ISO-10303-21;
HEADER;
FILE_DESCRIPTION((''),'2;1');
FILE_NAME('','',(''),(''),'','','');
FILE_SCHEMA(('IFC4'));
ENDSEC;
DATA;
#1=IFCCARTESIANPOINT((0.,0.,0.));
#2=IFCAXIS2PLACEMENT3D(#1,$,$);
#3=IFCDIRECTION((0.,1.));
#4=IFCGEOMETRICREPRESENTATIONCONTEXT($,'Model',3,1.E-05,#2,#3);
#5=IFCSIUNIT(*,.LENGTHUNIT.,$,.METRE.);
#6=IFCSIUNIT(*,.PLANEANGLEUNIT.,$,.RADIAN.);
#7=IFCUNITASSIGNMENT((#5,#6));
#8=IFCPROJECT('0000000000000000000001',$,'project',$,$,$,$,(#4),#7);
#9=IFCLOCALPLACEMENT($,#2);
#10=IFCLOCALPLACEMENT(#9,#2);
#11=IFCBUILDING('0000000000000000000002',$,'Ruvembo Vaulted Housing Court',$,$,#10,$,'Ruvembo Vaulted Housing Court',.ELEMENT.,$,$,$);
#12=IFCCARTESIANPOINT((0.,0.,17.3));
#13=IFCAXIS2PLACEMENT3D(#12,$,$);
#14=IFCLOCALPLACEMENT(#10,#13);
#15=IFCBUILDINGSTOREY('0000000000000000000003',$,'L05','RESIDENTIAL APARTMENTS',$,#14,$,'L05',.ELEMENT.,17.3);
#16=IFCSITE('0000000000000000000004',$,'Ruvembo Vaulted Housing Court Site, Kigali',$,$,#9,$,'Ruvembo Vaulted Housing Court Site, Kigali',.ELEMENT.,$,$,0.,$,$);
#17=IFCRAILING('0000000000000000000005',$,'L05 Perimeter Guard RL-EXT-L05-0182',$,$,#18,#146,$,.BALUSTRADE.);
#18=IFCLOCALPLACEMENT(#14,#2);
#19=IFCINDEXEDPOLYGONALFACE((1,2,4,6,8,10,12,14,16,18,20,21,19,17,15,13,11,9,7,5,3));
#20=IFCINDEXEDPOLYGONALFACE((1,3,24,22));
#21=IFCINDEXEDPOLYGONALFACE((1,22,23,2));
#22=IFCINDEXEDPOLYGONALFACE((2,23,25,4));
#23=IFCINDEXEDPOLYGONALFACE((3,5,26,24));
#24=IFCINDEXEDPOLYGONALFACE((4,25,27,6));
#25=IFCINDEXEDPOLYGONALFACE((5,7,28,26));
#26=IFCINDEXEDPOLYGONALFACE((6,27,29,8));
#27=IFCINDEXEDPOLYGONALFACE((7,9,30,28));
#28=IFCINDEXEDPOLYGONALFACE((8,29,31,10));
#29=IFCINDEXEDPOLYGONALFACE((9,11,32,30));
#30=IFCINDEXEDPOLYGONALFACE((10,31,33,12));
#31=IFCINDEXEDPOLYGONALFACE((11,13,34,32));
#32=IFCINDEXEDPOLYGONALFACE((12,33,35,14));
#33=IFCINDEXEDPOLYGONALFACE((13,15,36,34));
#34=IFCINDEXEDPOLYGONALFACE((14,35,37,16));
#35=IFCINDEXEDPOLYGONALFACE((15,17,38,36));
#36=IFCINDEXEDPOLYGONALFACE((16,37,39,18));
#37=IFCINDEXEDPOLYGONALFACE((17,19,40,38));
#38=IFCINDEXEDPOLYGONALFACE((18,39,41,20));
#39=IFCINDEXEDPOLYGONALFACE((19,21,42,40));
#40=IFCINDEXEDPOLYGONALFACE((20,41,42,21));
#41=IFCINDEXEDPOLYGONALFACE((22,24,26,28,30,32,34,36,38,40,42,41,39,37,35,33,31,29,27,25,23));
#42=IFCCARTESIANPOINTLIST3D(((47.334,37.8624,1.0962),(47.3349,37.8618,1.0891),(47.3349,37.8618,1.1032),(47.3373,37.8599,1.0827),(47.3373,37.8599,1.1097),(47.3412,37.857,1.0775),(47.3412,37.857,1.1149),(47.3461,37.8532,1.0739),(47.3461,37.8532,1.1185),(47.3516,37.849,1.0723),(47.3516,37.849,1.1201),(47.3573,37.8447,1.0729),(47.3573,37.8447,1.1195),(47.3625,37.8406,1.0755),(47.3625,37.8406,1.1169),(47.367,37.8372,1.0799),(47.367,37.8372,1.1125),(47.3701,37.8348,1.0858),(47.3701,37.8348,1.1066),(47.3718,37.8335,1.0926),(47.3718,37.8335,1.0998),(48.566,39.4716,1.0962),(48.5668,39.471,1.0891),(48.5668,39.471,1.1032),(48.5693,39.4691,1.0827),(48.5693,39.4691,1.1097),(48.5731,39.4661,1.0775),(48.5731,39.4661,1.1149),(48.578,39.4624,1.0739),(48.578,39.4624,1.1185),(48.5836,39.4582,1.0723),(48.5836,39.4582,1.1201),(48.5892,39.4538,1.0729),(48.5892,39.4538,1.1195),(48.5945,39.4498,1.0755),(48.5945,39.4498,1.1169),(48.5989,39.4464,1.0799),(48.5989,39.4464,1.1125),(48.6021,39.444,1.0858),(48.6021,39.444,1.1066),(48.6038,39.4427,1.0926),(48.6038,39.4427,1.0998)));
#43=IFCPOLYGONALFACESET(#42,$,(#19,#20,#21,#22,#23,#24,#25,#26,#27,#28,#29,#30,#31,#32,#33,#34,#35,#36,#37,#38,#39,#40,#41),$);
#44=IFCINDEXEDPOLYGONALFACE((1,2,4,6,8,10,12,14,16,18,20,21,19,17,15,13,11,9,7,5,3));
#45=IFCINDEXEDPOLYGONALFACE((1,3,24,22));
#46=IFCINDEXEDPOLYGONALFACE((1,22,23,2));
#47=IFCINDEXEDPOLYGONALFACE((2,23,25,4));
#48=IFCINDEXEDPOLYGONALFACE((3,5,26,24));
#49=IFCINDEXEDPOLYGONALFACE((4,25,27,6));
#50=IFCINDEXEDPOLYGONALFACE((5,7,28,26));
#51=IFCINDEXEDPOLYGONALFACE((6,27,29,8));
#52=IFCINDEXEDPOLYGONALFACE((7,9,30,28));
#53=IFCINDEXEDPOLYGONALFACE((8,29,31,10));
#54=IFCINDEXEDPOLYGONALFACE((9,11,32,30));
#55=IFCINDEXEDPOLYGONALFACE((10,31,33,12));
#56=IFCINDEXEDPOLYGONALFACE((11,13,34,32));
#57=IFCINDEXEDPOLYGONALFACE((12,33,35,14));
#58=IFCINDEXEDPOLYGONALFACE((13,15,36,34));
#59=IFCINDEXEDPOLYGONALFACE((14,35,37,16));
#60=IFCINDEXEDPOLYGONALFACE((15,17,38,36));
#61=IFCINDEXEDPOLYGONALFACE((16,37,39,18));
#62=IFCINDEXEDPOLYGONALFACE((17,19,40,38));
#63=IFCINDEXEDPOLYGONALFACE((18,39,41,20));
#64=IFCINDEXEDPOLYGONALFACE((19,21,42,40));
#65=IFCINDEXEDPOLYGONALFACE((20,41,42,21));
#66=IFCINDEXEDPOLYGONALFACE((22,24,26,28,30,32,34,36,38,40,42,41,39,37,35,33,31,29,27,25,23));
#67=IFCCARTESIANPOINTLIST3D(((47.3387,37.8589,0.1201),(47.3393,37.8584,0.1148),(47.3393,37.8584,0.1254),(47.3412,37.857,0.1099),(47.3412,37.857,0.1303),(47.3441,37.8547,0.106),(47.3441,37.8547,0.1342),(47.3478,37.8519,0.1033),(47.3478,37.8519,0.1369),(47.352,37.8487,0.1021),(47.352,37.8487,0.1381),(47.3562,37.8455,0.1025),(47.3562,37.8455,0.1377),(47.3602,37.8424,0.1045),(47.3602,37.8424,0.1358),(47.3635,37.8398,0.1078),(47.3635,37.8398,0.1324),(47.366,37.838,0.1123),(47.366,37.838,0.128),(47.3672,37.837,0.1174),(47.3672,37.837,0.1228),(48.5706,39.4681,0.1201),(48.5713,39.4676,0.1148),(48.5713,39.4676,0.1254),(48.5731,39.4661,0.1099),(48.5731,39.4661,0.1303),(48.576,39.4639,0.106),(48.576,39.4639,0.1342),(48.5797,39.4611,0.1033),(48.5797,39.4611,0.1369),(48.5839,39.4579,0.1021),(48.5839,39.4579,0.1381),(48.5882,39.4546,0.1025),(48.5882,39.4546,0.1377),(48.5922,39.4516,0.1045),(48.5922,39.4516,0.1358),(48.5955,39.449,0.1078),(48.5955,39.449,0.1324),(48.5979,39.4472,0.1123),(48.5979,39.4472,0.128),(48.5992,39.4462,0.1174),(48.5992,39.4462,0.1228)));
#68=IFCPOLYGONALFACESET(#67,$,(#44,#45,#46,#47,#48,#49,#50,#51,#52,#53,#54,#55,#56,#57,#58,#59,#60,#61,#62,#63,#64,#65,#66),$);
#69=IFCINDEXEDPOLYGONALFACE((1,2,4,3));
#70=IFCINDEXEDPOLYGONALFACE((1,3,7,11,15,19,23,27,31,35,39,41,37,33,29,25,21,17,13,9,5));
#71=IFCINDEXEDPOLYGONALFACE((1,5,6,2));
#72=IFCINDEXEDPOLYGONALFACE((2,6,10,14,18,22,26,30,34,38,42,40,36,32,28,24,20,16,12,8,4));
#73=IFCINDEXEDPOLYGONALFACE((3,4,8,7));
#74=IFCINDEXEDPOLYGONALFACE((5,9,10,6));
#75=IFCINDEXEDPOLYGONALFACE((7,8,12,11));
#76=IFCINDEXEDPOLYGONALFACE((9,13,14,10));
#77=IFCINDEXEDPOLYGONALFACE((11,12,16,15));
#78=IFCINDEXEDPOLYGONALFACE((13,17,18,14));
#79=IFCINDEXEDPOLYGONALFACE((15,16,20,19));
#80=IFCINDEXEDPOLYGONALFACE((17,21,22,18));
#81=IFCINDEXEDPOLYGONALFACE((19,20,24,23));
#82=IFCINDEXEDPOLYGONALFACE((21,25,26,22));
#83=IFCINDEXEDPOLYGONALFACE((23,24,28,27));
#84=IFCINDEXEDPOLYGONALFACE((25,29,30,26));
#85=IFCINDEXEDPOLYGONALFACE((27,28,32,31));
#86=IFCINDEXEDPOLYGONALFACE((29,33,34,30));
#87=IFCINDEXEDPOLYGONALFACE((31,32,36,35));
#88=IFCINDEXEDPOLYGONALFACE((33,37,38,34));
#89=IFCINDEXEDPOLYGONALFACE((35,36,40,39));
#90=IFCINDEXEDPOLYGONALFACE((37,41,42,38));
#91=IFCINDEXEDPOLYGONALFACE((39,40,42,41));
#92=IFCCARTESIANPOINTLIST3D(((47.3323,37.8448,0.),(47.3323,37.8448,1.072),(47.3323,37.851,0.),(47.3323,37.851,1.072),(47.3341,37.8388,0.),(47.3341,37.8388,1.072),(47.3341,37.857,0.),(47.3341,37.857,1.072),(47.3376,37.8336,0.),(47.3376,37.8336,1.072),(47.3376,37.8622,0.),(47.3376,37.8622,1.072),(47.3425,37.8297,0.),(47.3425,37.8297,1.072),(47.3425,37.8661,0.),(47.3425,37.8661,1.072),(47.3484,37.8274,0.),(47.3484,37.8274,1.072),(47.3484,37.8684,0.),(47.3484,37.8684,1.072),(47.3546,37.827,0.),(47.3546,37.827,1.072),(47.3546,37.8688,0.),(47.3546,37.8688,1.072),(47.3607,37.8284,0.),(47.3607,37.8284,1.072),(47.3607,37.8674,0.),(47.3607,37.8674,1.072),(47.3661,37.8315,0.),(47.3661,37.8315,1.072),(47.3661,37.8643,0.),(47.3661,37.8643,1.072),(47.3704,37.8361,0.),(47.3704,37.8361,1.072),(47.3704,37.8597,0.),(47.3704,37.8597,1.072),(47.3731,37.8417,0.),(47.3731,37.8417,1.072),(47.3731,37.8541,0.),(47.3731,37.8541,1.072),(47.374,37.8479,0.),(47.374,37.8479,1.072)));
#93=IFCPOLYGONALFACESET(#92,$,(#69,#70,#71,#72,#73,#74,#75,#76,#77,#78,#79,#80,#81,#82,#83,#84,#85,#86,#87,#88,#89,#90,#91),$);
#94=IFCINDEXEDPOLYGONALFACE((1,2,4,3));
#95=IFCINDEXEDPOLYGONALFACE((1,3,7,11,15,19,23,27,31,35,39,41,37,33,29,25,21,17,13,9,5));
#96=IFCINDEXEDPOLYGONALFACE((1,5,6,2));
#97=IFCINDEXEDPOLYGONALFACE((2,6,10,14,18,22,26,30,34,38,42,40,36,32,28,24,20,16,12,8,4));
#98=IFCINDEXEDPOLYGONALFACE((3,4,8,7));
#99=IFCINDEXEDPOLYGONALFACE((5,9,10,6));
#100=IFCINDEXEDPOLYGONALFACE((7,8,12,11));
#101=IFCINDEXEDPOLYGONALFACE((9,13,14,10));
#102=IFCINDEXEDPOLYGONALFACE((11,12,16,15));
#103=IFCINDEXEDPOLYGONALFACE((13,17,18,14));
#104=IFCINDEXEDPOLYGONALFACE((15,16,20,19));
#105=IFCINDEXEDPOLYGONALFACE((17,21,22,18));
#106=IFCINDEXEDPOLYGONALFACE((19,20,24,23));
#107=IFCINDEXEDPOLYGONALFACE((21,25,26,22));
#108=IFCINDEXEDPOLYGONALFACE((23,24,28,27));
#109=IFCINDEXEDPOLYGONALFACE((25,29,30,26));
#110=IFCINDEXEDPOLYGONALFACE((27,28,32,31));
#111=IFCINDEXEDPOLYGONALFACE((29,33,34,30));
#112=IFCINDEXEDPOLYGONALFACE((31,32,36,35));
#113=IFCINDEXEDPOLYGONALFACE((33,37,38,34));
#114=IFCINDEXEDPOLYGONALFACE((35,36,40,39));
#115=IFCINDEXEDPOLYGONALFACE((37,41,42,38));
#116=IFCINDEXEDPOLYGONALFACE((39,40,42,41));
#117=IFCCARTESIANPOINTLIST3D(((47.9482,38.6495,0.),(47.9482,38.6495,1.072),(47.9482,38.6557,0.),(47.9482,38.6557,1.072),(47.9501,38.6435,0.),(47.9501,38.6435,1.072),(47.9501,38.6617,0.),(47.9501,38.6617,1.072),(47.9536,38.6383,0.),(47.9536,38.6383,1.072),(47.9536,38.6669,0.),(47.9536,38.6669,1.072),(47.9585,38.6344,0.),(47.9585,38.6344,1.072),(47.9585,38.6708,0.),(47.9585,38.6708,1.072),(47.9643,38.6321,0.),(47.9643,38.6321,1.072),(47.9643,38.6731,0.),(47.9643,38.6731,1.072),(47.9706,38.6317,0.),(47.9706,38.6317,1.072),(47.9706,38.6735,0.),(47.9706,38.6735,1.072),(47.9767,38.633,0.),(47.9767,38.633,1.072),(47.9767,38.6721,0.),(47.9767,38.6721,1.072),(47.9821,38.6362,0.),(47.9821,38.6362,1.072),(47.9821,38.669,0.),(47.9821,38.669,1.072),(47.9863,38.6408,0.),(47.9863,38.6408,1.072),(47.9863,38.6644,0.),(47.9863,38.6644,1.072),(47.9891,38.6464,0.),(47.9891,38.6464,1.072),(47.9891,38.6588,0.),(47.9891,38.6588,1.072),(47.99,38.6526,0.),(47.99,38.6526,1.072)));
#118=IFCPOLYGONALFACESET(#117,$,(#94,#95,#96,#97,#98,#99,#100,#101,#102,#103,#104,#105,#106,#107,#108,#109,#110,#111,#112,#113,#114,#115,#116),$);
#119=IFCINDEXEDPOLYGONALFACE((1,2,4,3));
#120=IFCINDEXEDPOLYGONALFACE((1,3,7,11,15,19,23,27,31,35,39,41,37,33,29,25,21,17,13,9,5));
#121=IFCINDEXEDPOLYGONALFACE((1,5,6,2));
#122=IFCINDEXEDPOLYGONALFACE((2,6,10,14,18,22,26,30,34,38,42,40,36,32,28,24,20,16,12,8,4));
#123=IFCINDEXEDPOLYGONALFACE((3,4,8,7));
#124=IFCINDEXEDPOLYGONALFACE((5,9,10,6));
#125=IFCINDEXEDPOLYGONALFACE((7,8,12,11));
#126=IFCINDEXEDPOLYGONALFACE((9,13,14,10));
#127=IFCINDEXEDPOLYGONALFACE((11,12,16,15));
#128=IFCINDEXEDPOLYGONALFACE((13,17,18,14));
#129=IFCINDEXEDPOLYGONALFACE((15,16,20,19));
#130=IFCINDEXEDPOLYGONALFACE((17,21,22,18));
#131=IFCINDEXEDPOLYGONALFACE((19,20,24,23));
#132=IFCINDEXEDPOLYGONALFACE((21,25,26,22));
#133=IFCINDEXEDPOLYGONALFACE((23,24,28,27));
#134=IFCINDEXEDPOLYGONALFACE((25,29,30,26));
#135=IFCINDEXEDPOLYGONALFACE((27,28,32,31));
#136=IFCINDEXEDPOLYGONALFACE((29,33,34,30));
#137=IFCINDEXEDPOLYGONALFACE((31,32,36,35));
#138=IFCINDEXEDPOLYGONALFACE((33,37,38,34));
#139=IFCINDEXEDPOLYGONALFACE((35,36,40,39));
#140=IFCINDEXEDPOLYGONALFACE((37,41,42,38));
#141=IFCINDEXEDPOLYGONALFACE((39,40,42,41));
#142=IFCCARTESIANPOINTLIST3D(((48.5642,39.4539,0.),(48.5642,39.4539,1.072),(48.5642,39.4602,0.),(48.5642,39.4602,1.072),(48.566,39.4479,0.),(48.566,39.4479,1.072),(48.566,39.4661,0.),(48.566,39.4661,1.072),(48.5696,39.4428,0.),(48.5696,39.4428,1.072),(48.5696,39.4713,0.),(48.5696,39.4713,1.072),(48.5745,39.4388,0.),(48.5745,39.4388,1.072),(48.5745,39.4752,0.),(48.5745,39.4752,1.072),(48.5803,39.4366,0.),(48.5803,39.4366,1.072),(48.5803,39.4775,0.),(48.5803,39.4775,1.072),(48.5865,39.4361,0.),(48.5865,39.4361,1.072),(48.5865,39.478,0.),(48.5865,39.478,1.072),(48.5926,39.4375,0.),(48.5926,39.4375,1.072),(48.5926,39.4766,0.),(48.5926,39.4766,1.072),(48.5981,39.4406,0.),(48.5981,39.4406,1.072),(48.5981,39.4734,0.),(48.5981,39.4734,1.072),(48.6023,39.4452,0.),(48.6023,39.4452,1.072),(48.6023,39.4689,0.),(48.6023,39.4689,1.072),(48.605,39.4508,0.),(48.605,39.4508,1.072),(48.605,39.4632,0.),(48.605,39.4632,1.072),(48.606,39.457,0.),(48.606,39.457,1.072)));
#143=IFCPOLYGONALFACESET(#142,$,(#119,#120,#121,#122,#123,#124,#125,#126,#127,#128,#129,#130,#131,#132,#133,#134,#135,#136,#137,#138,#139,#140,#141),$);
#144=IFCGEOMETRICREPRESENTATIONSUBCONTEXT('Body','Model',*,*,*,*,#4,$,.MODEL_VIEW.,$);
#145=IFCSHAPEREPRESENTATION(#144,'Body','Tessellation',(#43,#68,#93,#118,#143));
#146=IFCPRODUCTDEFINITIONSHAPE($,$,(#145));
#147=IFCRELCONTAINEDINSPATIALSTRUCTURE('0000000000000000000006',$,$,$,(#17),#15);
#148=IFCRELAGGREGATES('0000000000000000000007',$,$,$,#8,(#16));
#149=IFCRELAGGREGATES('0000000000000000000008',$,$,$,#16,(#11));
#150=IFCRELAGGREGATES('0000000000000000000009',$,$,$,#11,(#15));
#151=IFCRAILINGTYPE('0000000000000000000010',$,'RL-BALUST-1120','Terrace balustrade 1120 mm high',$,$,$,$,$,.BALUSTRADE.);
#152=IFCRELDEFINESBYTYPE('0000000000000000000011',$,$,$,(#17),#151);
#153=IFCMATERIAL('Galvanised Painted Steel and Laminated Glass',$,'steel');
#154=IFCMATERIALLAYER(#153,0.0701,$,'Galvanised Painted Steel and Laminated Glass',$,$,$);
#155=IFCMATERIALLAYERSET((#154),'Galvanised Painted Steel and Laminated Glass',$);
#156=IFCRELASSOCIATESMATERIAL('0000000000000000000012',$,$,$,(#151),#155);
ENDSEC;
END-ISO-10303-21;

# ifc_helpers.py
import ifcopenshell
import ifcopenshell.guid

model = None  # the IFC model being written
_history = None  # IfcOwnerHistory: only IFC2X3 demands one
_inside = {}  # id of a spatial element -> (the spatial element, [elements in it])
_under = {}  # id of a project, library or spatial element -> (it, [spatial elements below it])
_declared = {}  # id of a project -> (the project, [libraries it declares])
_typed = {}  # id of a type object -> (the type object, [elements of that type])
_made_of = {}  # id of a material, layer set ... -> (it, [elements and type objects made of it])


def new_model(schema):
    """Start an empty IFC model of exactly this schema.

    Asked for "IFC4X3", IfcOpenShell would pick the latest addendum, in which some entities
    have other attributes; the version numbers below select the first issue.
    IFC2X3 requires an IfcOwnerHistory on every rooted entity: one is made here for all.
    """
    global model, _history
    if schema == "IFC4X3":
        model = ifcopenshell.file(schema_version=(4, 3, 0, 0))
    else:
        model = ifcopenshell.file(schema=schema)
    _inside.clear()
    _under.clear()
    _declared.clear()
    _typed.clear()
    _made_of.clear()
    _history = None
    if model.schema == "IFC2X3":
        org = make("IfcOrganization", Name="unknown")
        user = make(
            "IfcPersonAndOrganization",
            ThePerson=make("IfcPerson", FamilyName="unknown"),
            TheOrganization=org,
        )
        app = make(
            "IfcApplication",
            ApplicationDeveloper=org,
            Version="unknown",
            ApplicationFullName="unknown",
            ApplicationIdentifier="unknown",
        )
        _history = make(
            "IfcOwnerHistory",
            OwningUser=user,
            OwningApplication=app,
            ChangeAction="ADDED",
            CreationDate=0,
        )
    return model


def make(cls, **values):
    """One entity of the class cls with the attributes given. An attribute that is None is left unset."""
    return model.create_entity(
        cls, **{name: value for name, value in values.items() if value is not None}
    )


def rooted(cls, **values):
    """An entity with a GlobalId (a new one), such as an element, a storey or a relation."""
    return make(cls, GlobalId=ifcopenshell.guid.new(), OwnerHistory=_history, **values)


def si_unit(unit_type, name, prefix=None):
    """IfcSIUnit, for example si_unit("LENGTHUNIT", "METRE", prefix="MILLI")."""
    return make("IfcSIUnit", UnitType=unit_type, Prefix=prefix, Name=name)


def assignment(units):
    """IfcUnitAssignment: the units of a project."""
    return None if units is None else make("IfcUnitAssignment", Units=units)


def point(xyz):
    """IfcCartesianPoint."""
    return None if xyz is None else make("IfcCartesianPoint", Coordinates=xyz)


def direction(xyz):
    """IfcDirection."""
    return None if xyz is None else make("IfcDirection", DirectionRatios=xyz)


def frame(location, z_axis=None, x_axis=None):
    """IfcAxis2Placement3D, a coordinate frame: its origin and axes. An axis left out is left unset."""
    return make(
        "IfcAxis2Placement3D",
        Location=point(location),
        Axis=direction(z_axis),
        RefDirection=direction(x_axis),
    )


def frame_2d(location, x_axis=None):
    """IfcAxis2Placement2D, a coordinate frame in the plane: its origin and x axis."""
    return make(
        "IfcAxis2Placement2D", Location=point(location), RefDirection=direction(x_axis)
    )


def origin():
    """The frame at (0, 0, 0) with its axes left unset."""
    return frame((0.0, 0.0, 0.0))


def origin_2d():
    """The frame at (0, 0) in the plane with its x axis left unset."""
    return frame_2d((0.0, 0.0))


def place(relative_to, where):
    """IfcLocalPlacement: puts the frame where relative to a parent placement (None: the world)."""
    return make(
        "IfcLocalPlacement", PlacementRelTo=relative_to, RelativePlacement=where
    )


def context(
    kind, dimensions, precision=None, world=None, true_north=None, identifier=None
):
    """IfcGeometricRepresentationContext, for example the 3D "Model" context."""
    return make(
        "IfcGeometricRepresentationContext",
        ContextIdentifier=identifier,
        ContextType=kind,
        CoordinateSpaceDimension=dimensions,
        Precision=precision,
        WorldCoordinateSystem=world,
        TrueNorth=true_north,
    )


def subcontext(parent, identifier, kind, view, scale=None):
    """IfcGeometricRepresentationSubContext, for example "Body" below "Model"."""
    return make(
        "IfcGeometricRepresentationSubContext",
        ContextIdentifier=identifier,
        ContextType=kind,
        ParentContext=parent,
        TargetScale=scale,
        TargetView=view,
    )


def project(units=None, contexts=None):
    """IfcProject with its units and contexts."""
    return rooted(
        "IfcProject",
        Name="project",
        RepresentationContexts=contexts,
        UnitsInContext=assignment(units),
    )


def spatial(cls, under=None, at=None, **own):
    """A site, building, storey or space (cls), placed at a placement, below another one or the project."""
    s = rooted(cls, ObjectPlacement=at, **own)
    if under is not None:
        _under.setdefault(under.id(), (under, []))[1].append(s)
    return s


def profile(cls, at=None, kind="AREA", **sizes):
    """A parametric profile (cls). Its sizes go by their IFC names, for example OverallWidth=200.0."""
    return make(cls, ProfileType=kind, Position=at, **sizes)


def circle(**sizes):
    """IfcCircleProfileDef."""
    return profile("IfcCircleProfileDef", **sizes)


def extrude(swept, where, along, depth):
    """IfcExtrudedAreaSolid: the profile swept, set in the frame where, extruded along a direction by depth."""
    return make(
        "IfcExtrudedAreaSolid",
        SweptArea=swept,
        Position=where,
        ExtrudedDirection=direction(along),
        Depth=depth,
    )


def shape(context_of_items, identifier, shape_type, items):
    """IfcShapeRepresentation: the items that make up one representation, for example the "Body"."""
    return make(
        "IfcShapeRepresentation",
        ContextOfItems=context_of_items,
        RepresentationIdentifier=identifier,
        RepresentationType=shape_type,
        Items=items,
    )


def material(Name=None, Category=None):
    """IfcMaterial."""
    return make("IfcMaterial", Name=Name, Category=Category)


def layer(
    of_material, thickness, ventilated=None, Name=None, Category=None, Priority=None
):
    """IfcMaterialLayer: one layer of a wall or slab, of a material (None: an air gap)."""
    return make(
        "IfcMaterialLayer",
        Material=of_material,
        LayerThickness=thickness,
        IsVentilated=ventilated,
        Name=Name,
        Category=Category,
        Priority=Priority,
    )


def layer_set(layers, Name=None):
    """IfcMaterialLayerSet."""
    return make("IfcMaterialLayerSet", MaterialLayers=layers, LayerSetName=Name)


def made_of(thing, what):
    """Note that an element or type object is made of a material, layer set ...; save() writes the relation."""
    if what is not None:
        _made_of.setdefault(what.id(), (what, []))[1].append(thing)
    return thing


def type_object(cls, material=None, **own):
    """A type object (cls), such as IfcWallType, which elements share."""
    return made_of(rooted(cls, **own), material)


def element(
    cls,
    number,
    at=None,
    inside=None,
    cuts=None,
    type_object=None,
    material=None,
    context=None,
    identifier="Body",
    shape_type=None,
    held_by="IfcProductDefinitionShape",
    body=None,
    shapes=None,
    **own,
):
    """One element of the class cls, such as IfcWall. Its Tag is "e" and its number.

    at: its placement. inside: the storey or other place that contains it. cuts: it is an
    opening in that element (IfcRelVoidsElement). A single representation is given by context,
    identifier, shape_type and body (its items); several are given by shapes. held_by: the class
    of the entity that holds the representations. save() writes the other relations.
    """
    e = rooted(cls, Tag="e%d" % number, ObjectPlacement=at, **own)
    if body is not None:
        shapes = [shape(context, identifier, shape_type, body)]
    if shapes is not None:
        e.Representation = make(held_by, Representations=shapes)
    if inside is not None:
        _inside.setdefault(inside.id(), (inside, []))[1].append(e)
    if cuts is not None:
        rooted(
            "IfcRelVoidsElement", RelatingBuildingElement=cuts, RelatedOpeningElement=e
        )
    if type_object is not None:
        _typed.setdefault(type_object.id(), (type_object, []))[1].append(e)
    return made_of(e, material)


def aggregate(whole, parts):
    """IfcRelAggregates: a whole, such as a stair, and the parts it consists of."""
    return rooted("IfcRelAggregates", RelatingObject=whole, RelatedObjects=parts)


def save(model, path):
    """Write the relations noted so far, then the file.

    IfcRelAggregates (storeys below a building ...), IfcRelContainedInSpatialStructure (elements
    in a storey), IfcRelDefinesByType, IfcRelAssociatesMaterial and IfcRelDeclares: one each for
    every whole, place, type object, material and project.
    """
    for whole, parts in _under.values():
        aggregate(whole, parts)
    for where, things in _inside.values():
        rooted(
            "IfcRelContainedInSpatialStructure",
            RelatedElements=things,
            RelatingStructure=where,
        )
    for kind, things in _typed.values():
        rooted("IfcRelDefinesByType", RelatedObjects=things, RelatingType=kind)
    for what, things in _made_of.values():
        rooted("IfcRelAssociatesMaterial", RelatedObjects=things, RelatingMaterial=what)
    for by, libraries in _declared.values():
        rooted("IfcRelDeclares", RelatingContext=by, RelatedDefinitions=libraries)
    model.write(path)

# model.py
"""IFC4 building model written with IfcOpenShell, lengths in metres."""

from ifc_helpers import new_model, si_unit, direction, frame, origin, origin_2d, place, context, subcontext, project, spatial, circle, extrude, material, layer, layer_set, type_object, element, save


model = new_model("IFC4")

# Units and contexts
model_context = context("Model", 3, precision=1e-05, world=origin(), true_north=direction((0.0, 1.0)))
body_context = subcontext(model_context, "Body", "Model", "MODEL_VIEW")
ifc_project = project(units=[si_unit("LENGTHUNIT", "METRE"), si_unit("PLANEANGLEUNIT", "RADIAN")], contexts=[model_context])

# Site, building, storey
site_placement = place(None, origin())
site = spatial("IfcSite", under=ifc_project, at=site_placement, Name="Ruvembo Vaulted Housing Court Site, Kigali", LongName="Ruvembo Vaulted Housing Court Site, Kigali", CompositionType="ELEMENT", RefElevation=0.0)
building_placement = place(site_placement, origin())
building = spatial("IfcBuilding", under=site, at=building_placement, Name="Ruvembo Vaulted Housing Court", LongName="Ruvembo Vaulted Housing Court", CompositionType="ELEMENT")
storey_placement = place(building_placement, frame((0.0, 0.0, 17.3)))
storey = spatial("IfcBuildingStorey", under=building, at=storey_placement, Name="L05", Description="RESIDENTIAL APARTMENTS", LongName="L05", CompositionType="ELEMENT", Elevation=17.3)

# Railing
ifc_material_1 = material(Name="Galvanised Painted Steel and Laminated Glass", Category="steel")
ifc_layer_1 = layer(ifc_material_1, 0.0701, Name="Galvanised Painted Steel and Laminated Glass")
ifc_layer_set_1 = layer_set([ifc_layer_1], Name="Galvanised Painted Steel and Laminated Glass")
railing_type = type_object("IfcRailingType", Name="RL-BALUST-1120", Description="Terrace balustrade 1120 mm high", PredefinedType="BALUSTRADE", material=ifc_layer_set_1)
railing_1_placement = place(storey_placement, frame((47.353, 37.8479, 0.0)))
element("IfcRailing", 1, at=railing_1_placement, inside=storey, type_object=railing_type, Name="L05 Perimeter Guard RL-EXT-L05-0182", PredefinedType="BALUSTRADE", context=body_context, shape_type="SweptSolid", body=[
    extrude(circle(Radius=0.0239, at=origin_2d()), frame((0.0, 0.0, 1.0962), z_axis=(0.607893, 0.794019, 0.0), x_axis=(-0.794019, 0.607893, 0.0)), (0.0, 0.0, 1.0), 2.0266),
    extrude(circle(Radius=0.0181, at=origin_2d()), frame((0.0, 0.0, 0.1201), z_axis=(0.607893, 0.794019, 0.0), x_axis=(-0.794019, 0.607893, 0.0)), (0.0, 0.0, 1.0), 2.0266),
    extrude(circle(Radius=0.021, at=origin_2d()), origin(), (0.0, 0.0, 1.0), 1.072),
    extrude(circle(Radius=0.021, at=origin_2d()), frame((0.616, 0.8047, 0.0)), (0.0, 0.0, 1.0), 1.072),
    extrude(circle(Radius=0.021, at=origin_2d()), frame((1.2319, 1.6091, 0.0)), (0.0, 0.0, 1.0), 1.072),
])

save(model, "model.ifc")
